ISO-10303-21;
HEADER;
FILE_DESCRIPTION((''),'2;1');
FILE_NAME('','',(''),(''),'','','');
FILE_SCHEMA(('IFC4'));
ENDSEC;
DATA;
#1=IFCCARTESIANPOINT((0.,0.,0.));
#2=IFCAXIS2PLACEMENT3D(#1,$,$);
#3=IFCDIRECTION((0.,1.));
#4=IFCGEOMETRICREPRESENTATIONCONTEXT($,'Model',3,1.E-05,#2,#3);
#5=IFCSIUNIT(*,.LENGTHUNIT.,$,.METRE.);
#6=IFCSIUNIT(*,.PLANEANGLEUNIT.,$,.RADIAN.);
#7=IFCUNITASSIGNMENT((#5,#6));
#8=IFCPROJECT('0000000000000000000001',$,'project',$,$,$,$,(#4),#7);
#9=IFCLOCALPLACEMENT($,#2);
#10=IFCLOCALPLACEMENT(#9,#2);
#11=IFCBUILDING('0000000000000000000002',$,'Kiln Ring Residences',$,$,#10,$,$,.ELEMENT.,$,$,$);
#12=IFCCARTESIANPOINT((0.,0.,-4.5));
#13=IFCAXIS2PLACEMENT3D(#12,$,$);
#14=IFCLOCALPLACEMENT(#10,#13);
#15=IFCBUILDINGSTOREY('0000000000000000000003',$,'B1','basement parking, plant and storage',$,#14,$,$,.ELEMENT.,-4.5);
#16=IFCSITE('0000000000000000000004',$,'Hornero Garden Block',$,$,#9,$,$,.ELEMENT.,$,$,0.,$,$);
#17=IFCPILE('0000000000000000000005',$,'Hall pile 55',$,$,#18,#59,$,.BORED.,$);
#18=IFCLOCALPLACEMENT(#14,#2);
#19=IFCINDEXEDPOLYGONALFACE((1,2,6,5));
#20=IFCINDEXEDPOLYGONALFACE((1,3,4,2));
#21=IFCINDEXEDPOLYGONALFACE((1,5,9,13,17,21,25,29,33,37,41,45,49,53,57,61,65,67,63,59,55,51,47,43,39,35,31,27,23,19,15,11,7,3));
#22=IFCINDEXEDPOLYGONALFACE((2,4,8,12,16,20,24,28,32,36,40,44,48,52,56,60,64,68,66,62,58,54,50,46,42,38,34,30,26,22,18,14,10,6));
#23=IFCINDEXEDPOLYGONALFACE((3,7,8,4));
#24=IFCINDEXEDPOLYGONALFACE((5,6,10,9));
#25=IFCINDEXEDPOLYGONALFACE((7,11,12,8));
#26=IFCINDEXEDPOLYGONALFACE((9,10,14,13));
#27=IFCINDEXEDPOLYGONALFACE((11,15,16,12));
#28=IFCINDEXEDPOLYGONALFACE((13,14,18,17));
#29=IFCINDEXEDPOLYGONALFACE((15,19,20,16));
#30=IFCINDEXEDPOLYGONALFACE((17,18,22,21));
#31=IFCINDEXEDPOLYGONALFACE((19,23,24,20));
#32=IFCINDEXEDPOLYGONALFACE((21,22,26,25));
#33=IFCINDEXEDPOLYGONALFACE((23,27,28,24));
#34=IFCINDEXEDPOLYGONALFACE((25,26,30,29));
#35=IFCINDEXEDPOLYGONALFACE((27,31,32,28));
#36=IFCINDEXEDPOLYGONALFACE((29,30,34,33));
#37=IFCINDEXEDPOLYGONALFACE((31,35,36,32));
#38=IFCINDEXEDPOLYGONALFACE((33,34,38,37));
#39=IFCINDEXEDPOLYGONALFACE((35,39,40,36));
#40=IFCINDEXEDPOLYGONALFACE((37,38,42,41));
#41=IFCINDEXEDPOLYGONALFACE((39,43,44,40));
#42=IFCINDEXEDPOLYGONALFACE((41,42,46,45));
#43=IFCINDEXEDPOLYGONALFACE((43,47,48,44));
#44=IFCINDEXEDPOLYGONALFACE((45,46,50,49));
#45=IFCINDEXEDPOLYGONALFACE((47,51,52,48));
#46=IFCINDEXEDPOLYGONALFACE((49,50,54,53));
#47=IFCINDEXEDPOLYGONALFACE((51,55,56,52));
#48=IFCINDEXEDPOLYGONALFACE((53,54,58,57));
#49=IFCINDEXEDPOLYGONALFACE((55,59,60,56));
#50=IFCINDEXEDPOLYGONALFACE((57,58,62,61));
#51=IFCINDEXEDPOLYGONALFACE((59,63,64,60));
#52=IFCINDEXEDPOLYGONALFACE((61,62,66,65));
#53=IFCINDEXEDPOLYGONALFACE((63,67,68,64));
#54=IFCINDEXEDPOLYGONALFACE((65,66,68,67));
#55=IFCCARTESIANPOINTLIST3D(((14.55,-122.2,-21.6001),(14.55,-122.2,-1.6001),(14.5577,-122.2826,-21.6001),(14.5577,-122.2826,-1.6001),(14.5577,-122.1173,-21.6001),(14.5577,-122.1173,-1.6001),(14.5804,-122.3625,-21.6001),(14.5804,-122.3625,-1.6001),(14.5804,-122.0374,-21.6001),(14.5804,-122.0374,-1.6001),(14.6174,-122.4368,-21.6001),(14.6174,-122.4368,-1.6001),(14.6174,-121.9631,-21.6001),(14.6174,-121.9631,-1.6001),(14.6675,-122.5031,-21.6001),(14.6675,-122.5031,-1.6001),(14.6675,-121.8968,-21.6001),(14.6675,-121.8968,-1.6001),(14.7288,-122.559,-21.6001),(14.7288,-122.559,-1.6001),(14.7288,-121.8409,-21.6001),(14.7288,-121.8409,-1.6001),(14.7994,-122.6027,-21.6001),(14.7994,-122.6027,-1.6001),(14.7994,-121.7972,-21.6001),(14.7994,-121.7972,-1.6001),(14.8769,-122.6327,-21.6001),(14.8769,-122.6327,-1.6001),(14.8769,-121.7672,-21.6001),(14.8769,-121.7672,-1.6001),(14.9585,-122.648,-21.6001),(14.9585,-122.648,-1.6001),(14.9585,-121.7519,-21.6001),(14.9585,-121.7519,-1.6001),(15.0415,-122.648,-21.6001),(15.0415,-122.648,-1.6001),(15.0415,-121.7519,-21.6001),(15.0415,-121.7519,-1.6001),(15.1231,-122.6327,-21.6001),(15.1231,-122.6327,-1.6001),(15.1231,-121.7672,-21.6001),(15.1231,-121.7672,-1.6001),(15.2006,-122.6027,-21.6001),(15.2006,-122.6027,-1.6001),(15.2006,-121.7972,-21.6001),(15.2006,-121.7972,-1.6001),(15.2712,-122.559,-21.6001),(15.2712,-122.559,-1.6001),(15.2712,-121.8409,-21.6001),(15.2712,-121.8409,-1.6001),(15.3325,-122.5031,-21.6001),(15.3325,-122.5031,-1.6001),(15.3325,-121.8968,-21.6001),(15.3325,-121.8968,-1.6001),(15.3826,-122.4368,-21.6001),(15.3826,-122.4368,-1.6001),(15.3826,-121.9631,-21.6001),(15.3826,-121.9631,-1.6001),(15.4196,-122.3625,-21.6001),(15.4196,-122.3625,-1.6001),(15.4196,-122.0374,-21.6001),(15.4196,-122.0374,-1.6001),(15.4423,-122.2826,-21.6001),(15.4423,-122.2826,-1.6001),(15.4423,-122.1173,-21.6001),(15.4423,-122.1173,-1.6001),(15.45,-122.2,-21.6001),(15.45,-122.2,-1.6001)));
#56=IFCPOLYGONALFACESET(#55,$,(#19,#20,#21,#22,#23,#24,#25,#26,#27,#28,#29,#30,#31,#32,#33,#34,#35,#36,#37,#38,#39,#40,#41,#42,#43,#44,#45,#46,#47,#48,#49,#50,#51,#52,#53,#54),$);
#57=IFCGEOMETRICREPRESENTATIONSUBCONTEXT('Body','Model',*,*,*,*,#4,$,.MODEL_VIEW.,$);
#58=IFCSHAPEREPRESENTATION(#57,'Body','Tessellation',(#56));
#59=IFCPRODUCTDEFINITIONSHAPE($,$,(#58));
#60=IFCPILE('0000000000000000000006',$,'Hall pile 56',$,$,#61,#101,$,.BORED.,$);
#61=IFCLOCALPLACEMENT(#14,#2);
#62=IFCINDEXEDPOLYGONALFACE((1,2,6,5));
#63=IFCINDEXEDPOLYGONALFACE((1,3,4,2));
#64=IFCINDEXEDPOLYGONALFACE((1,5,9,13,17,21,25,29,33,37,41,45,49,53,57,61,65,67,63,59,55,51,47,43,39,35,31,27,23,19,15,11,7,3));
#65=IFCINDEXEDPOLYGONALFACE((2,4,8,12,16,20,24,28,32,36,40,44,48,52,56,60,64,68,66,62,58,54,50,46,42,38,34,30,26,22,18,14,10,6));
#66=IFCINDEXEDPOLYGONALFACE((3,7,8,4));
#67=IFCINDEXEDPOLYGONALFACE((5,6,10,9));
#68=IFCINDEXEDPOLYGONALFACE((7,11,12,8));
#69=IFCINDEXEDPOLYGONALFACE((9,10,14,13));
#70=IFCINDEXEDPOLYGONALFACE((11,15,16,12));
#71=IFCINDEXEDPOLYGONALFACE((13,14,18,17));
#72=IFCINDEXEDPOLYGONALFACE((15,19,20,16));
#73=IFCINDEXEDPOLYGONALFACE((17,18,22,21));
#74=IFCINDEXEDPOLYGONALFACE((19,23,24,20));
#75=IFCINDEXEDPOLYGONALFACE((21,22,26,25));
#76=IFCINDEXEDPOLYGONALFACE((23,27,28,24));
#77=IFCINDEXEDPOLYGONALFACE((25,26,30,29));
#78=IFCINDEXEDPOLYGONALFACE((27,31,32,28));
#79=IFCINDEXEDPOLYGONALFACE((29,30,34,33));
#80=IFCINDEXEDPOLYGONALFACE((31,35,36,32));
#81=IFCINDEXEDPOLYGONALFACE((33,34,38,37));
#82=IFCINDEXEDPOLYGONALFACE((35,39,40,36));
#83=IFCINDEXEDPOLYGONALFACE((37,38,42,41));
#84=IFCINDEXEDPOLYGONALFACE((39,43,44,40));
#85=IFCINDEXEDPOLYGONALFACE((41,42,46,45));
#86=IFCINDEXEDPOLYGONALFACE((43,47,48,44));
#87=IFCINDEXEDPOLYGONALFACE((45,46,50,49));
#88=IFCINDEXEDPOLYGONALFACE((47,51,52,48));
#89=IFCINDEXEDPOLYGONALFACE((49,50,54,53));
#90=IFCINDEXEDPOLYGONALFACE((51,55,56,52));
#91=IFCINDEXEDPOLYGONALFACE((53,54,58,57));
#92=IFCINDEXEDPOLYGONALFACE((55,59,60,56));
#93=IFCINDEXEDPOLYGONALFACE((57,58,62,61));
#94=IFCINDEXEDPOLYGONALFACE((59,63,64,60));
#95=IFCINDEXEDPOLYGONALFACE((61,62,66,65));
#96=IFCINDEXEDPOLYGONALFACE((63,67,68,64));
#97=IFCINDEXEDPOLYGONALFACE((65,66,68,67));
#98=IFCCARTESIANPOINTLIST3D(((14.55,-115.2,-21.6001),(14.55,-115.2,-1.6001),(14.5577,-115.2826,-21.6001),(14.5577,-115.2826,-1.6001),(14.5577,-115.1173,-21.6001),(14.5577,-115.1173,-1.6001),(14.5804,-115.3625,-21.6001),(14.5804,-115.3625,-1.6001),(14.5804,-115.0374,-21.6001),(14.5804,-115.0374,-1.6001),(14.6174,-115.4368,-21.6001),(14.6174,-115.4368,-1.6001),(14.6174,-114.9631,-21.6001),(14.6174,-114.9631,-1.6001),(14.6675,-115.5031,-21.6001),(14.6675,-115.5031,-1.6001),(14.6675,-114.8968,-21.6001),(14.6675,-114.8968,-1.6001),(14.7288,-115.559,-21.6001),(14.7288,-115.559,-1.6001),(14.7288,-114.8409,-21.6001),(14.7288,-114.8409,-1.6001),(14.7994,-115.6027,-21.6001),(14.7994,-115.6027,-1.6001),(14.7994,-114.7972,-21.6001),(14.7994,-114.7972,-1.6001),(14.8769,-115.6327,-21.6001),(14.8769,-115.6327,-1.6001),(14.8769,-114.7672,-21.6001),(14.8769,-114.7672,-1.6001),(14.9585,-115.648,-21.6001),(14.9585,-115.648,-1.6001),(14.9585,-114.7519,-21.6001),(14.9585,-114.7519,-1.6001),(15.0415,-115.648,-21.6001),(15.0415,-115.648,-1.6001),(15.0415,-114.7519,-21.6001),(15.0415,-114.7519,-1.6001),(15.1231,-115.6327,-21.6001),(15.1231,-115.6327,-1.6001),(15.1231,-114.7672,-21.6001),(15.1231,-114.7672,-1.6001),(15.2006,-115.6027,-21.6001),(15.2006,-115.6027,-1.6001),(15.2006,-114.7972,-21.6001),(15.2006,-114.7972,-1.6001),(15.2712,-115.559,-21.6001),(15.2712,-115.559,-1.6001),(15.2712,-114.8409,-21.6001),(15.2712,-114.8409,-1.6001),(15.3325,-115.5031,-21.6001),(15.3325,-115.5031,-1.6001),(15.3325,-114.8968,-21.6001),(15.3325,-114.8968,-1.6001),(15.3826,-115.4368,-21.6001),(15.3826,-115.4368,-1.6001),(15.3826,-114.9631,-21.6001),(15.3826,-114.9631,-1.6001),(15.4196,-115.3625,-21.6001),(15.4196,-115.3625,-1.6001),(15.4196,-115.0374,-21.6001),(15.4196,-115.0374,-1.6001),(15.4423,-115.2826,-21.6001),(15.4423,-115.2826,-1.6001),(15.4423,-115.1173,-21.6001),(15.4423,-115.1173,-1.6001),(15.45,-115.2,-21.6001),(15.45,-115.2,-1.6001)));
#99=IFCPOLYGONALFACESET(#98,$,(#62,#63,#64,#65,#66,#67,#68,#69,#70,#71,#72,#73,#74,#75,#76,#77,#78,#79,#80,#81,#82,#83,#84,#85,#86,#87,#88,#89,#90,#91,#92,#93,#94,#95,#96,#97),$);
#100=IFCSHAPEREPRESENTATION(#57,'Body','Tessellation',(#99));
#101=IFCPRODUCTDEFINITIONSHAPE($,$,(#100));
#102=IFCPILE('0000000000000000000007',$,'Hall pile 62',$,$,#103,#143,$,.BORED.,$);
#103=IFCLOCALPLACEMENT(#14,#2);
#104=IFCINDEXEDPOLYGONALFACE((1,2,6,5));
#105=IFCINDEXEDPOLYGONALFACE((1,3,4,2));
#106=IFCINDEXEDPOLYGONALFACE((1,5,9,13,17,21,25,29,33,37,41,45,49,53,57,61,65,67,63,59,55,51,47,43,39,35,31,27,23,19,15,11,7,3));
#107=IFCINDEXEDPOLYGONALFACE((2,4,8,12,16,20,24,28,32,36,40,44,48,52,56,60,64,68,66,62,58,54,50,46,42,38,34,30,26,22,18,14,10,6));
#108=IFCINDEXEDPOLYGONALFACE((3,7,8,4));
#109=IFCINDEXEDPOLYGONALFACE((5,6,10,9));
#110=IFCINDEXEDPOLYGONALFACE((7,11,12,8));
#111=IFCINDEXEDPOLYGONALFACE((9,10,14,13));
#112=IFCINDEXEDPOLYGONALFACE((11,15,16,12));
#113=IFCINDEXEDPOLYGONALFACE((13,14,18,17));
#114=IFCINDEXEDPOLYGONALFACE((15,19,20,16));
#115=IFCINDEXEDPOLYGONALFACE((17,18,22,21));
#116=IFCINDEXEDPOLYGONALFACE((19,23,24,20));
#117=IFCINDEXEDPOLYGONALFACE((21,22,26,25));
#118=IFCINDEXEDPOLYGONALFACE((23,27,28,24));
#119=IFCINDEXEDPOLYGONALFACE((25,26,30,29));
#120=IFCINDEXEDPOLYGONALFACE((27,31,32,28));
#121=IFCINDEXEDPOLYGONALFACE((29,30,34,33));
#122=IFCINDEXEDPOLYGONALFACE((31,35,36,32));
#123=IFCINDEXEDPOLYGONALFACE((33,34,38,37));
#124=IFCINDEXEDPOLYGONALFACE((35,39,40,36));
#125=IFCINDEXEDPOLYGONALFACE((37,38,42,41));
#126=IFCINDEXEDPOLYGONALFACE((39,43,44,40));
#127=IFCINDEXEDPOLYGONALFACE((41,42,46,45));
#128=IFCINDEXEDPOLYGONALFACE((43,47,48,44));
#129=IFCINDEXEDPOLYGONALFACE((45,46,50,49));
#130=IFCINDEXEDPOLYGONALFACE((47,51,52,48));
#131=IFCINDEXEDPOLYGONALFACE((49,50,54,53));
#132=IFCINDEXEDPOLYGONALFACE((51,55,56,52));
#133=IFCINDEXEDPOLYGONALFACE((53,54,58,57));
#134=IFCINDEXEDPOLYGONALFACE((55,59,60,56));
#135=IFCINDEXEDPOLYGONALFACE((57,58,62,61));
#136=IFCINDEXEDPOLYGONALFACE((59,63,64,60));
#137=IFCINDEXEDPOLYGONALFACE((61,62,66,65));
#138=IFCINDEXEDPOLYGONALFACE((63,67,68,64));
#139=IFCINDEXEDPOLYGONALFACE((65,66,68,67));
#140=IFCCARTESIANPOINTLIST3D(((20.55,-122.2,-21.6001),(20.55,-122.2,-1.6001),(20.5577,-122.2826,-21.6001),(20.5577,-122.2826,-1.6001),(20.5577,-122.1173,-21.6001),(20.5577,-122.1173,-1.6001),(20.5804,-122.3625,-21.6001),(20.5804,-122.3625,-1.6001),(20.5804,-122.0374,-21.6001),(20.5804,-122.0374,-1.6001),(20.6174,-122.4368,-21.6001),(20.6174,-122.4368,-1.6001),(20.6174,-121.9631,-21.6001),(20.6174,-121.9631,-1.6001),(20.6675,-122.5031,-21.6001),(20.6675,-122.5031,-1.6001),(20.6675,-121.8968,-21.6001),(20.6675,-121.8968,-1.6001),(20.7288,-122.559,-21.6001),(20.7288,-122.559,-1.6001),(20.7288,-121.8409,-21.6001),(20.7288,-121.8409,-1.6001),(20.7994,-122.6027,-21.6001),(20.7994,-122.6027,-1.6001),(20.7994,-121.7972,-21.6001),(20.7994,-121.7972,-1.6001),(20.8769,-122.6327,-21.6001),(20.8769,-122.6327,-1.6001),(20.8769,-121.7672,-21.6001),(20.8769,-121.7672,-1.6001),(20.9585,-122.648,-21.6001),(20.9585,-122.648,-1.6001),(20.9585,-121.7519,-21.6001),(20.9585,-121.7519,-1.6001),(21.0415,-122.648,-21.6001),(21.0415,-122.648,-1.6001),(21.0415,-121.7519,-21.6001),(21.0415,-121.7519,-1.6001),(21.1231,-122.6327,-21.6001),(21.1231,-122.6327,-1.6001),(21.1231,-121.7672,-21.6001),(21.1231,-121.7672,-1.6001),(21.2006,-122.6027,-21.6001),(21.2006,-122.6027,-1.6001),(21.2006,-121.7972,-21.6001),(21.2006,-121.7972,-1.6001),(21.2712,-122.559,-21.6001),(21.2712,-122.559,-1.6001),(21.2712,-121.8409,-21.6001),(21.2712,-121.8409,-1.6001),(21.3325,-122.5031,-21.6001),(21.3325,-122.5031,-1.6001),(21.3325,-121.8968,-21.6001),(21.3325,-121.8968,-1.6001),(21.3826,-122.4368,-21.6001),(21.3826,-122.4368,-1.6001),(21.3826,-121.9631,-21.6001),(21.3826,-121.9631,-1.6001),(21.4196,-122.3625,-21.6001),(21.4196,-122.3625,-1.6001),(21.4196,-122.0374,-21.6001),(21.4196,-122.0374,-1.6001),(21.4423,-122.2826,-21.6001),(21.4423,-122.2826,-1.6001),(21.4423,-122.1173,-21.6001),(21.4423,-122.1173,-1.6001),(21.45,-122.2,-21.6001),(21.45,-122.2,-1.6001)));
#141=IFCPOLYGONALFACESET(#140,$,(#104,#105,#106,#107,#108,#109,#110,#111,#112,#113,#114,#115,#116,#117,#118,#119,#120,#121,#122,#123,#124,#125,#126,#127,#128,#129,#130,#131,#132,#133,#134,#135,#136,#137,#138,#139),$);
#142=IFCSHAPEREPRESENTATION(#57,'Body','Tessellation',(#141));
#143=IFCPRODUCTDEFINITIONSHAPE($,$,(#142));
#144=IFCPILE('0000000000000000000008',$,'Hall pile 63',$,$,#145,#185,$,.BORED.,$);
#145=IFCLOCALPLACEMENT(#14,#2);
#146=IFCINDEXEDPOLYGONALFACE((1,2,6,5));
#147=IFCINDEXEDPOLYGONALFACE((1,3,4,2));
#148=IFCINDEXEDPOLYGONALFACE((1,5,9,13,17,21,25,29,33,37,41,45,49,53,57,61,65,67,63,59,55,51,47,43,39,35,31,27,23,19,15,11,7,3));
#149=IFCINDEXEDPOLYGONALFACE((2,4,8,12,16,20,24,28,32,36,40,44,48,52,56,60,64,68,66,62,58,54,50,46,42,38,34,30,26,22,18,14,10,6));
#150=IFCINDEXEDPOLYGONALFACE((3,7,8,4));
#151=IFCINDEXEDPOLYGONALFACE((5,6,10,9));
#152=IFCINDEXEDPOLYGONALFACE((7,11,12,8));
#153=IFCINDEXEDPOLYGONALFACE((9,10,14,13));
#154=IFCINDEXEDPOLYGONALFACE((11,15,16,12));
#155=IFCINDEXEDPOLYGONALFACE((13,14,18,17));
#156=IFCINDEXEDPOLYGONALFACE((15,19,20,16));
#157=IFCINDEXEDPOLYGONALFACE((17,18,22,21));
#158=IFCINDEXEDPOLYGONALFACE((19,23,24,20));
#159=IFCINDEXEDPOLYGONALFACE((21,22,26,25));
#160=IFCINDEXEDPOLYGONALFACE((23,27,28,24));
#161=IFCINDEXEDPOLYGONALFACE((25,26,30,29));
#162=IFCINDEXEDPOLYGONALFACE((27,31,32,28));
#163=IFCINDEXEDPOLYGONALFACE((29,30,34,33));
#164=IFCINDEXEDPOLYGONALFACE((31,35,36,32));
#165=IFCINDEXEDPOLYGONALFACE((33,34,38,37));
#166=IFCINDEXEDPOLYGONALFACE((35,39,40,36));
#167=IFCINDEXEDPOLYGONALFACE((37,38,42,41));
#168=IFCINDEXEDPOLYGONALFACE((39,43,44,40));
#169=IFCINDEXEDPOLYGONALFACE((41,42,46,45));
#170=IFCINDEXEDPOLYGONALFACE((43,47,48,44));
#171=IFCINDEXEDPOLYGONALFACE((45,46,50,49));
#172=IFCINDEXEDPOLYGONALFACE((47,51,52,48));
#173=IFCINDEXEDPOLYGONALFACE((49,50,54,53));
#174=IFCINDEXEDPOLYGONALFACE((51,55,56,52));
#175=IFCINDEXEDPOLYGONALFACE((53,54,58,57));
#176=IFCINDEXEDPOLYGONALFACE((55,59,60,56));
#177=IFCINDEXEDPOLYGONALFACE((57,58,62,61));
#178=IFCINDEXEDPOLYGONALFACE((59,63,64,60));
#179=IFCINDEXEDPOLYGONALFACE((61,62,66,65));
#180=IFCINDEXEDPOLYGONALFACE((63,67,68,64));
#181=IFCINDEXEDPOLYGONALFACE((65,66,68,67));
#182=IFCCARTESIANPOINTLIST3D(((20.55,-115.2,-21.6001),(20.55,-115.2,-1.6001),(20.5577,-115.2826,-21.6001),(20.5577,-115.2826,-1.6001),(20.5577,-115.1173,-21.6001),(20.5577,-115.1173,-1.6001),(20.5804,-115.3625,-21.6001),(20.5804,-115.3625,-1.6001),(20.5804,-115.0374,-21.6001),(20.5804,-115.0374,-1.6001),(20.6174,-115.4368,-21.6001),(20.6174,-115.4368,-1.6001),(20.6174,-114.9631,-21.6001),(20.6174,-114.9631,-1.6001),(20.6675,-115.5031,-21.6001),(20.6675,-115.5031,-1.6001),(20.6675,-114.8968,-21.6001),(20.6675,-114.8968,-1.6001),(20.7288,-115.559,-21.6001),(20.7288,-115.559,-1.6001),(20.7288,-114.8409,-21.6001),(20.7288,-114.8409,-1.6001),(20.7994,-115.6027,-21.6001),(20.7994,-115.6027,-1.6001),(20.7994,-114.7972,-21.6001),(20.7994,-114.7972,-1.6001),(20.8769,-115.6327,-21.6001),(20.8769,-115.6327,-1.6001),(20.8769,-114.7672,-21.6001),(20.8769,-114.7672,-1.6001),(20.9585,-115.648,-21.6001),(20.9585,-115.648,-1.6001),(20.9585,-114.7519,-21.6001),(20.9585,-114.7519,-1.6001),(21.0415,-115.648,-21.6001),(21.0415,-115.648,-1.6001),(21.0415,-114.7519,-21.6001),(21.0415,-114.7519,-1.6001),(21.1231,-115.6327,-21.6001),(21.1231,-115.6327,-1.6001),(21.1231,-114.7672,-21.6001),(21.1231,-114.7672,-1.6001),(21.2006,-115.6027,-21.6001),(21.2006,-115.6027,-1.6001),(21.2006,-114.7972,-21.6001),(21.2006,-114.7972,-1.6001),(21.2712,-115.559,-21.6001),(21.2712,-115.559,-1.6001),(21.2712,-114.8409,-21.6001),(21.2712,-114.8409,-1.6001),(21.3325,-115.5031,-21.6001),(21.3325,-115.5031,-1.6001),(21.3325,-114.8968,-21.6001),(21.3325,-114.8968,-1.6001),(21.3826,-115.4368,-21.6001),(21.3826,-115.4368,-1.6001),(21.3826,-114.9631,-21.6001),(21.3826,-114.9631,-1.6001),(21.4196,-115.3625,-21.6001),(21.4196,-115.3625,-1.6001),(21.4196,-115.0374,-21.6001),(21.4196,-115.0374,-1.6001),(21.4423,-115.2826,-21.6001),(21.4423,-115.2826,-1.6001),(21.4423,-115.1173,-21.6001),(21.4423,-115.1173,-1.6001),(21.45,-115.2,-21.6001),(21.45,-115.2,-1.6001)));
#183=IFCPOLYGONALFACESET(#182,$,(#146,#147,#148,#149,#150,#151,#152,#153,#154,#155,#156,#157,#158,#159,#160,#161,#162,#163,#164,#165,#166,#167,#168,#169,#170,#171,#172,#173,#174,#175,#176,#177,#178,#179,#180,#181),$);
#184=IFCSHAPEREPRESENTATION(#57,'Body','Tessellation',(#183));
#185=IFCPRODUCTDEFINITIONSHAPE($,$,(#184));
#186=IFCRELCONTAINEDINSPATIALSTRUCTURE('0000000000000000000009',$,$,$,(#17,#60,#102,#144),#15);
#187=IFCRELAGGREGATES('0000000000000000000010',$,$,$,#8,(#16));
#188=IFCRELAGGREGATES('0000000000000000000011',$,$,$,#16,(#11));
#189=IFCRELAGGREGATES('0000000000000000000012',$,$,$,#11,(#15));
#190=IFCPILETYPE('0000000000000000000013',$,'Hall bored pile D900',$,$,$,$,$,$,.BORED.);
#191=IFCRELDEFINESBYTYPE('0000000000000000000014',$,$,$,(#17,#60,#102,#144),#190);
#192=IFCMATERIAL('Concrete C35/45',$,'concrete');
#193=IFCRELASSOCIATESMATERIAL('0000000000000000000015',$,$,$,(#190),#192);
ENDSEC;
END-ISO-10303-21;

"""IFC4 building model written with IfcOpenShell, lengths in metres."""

from ifc_helpers import new_model, si_unit, direction, frame, origin, origin_2d, place, context, subcontext, project, spatial, circle, extrude, material, material_profile, profile_set, type_object, element, save


model = new_model("IFC4")

# Units and contexts
model_context = context("Model", 3, precision=1e-05, world=origin(), true_north=direction((0.0, 1.0)))
body_context = subcontext(model_context, "Body", "Model", "MODEL_VIEW")
ifc_project = project(units=[si_unit("LENGTHUNIT", "METRE"), si_unit("PLANEANGLEUNIT", "RADIAN")], contexts=[model_context])

# Site, building, storey
site_placement = place(None, origin())
site = spatial("IfcSite", under=ifc_project, at=site_placement, Name="Hornero Garden Block", CompositionType="ELEMENT", RefElevation=0.0)
building_placement = place(site_placement, origin())
building = spatial("IfcBuilding", under=site, at=building_placement, Name="Kiln Ring Residences", CompositionType="ELEMENT")
storey_placement = place(building_placement, frame((0.0, 0.0, -4.5)))
storey = spatial("IfcBuildingStorey", under=building, at=storey_placement, Name="B1", Description="basement parking, plant and storage", CompositionType="ELEMENT", Elevation=-4.5)

# Piles
ifc_material_1 = material(Name="Concrete C35/45", Category="concrete")
ifc_material_profile_1 = material_profile(ifc_material_1, circle(Radius=0.45, at=origin_2d()), Name="Hall bored pile D900")
ifc_profile_set_1 = profile_set([ifc_material_profile_1], Name="Concrete C35/45")
pile_type = type_object("IfcPileType", Name="Hall bored pile D900", PredefinedType="BORED", material=ifc_profile_set_1)
for number, where, z_axis, x_axis, name in (
    (1, (15.0, -122.2, -1.6001), (0.0, 0.0, -1.0), (1.0, 0.0, 0.0), "Hall pile 55"),
    (2, (15.0, -115.2, -1.6001), (0.0, 0.0, -1.0), (1.0, 0.0, 0.0), "Hall pile 56"),
    (3, (21.0, -122.2, -1.6001), (0.0, 0.0, -1.0), (1.0, 0.0, 0.0), "Hall pile 62"),
    (4, (21.0, -115.2, -1.6001), (0.0, 0.0, -1.0), (1.0, 0.0, 0.0), "Hall pile 63"),
):
    element("IfcPile", number, at=place(storey_placement, frame(where, z_axis=z_axis, x_axis=x_axis)), inside=storey, type_object=pile_type, Name=name, PredefinedType="BORED", context=body_context, shape_type="SweptSolid", body=[
        extrude(circle(Radius=0.45, at=origin_2d()), origin(), (0.0, 0.0, 1.0), 20.0),
    ])

save(model, "model.ifc")
